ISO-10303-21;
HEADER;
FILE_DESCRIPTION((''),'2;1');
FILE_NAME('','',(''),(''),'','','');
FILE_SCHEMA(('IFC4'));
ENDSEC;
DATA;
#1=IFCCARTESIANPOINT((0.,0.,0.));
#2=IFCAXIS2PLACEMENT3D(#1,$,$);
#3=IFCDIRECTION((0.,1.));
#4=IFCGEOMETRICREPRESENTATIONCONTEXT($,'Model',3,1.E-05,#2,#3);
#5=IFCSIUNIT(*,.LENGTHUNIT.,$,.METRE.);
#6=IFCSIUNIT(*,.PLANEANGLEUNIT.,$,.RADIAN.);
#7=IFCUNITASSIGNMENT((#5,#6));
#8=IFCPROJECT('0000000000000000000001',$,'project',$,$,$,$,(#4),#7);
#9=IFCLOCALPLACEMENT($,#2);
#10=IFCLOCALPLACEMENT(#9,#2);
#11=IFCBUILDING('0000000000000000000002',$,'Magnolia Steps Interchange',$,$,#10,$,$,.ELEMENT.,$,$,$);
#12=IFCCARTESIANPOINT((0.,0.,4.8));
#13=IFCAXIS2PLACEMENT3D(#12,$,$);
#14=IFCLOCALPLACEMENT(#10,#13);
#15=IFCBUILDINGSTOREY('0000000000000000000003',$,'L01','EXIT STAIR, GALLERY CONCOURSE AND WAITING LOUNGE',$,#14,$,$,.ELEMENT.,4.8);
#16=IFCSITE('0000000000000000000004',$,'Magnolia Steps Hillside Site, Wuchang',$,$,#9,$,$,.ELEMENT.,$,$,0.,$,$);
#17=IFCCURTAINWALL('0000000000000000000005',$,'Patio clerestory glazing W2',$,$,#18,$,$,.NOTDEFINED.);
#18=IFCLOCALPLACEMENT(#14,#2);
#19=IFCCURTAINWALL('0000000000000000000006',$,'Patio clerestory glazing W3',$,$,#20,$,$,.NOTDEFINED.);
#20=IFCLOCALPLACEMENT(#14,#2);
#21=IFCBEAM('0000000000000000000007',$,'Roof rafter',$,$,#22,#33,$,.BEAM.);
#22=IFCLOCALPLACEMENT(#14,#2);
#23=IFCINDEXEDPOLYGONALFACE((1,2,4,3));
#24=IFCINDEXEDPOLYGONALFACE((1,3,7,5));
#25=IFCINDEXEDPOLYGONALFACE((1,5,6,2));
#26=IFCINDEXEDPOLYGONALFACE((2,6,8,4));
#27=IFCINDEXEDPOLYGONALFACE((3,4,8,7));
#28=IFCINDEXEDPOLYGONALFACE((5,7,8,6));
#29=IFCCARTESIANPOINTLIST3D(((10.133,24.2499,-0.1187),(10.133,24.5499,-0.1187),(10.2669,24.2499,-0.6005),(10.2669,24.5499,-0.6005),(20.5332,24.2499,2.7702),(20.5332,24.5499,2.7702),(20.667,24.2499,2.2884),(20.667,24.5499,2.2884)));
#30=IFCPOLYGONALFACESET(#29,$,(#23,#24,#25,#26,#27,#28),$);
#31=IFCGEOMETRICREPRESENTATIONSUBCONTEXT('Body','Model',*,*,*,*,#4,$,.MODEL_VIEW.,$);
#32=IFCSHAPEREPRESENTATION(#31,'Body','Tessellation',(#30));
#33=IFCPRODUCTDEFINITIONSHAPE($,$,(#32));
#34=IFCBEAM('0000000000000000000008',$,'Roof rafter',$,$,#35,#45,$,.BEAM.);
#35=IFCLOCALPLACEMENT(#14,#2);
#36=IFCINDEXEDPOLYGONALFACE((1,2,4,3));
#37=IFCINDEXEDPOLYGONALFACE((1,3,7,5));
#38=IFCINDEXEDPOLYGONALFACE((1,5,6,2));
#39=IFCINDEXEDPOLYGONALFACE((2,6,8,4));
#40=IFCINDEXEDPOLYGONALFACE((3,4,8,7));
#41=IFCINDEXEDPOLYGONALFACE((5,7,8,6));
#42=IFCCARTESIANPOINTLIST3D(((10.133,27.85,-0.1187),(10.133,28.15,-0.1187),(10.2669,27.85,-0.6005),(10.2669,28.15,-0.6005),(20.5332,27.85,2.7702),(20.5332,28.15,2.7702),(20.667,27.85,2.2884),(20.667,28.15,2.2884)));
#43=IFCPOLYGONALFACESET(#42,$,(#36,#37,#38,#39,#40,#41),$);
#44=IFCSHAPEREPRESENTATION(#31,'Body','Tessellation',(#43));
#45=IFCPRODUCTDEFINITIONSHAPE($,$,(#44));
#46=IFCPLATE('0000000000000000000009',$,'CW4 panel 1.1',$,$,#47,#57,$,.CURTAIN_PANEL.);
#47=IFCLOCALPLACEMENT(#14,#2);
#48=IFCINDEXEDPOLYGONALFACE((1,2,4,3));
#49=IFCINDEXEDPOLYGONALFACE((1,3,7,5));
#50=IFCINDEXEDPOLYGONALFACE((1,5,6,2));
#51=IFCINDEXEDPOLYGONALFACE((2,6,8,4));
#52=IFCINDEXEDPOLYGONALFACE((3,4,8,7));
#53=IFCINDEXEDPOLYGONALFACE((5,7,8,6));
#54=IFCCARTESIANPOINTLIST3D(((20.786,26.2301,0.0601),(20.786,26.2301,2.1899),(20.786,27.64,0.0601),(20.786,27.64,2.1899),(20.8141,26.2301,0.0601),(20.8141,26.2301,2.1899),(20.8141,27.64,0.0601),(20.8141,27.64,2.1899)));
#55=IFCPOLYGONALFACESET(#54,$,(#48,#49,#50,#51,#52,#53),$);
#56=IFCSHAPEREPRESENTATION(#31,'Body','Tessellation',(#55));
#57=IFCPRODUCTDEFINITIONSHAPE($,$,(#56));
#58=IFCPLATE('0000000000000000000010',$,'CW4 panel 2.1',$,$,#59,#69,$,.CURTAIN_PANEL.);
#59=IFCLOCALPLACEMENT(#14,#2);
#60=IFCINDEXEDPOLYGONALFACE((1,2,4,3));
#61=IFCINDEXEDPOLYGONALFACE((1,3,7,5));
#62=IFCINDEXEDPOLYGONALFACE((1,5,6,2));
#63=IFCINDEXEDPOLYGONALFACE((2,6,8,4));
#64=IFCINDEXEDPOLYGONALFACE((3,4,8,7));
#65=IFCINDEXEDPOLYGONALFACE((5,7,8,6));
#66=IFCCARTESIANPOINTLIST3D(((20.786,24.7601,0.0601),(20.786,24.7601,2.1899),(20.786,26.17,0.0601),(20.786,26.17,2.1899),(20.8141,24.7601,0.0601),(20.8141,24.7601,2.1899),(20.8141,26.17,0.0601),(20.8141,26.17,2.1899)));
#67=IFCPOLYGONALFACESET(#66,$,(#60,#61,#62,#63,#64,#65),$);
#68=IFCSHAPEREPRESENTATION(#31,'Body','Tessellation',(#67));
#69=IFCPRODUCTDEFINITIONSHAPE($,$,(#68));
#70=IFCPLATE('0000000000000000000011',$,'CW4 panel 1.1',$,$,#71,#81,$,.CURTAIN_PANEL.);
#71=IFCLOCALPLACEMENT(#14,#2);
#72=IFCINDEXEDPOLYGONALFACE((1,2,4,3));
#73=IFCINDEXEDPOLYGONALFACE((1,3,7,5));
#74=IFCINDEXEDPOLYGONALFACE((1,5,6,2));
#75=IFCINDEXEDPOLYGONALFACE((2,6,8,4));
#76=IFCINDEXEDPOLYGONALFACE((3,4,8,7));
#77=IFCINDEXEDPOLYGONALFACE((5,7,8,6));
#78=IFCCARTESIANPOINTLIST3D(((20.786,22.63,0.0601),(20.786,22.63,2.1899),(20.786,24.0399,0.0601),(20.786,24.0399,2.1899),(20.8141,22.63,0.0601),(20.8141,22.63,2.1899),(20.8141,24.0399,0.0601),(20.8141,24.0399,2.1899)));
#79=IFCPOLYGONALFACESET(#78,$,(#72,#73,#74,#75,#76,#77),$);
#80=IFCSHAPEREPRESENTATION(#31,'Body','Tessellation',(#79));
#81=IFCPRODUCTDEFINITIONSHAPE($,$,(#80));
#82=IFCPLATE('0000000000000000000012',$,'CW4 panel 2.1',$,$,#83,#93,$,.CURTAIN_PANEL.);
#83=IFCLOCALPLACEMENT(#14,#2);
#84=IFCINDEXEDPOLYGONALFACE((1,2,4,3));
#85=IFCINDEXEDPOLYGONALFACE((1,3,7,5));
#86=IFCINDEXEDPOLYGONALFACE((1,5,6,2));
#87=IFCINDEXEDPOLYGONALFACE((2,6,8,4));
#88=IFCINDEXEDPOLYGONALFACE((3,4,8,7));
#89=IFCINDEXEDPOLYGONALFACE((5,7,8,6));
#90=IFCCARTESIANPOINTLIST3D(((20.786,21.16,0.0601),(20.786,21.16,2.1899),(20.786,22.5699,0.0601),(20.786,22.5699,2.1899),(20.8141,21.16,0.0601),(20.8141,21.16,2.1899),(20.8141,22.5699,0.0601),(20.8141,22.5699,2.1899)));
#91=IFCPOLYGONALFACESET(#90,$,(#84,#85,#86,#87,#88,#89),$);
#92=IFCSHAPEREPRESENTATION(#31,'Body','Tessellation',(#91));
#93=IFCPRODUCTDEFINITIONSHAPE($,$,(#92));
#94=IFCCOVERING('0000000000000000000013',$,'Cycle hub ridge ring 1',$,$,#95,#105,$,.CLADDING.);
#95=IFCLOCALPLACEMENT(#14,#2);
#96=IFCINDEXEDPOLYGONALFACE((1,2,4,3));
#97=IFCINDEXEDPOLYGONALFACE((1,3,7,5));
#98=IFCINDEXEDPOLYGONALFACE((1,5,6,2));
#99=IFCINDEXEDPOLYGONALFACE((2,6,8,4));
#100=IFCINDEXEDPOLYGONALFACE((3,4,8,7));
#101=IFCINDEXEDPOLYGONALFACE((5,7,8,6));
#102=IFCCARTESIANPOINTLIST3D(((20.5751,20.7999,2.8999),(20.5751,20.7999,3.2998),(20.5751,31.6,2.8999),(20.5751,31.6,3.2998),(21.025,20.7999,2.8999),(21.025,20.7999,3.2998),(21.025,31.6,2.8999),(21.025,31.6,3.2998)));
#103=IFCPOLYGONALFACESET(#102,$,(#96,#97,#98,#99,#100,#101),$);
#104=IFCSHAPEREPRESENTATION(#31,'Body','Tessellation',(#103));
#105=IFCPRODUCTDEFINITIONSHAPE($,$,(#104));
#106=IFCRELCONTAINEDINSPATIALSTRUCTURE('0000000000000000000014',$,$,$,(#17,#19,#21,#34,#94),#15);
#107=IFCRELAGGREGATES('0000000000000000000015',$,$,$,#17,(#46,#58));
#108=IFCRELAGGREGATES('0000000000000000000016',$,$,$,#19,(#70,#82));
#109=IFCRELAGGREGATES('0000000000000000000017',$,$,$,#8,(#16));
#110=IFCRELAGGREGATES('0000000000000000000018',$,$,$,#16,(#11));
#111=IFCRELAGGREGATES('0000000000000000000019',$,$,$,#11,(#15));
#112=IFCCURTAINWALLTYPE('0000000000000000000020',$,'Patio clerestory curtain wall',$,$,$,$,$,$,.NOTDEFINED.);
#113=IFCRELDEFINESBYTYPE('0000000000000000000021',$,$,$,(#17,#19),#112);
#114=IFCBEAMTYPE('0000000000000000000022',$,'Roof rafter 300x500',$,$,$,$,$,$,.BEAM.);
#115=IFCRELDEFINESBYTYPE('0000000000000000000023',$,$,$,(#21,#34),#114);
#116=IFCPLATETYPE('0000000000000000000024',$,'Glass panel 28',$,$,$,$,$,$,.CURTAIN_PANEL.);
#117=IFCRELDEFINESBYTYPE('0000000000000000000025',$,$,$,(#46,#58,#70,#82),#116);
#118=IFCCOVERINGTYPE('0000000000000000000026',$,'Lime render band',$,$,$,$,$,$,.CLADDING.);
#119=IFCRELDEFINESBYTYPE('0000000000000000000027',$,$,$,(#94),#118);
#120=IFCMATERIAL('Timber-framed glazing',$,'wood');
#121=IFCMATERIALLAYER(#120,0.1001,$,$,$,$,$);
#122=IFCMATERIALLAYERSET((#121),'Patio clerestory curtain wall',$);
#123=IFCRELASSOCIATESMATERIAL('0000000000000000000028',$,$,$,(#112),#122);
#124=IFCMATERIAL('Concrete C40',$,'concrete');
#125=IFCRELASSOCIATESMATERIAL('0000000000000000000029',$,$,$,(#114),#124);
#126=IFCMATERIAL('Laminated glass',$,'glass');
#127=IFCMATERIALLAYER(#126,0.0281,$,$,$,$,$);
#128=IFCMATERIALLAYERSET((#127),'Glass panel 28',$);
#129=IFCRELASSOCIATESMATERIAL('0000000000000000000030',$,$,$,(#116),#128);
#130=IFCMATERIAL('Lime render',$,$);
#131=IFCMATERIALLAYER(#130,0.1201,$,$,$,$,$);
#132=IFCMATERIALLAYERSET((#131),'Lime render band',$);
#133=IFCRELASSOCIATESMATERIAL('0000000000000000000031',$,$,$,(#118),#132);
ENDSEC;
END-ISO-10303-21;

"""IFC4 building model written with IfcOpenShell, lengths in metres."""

from ifc_helpers import new_model, si_unit, direction, frame, origin, origin_2d, place, context, subcontext, project, spatial, rectangle, extrude, material, layer, layer_set, material_profile, profile_set, type_object, element, aggregate, save


model = new_model("IFC4")

# Units and contexts
model_context = context("Model", 3, precision=1e-05, world=origin(), true_north=direction((0.0, 1.0)))
body_context = subcontext(model_context, "Body", "Model", "MODEL_VIEW")
ifc_project = project(units=[si_unit("LENGTHUNIT", "METRE"), si_unit("PLANEANGLEUNIT", "RADIAN")], contexts=[model_context])

# Site, building, storey
site_placement = place(None, origin())
site = spatial("IfcSite", under=ifc_project, at=site_placement, Name="Magnolia Steps Hillside Site, Wuchang", CompositionType="ELEMENT", RefElevation=0.0)
building_placement = place(site_placement, origin())
building = spatial("IfcBuilding", under=site, at=building_placement, Name="Magnolia Steps Interchange", CompositionType="ELEMENT")
storey_placement = place(building_placement, frame((0.0, 0.0, 4.8)))
storey = spatial("IfcBuildingStorey", under=building, at=storey_placement, Name="L01", Description="EXIT STAIR, GALLERY CONCOURSE AND WAITING LOUNGE", CompositionType="ELEMENT", Elevation=4.8)

# Curtain walls
ifc_material_1 = material(Name="Timber-framed glazing", Category="wood")
ifc_layer_1 = layer(ifc_material_1, 0.1001)
ifc_layer_set_1 = layer_set([ifc_layer_1], Name="Patio clerestory curtain wall")
curtain_wall_type = type_object("IfcCurtainWallType", Name="Patio clerestory curtain wall", PredefinedType="NOTDEFINED", material=ifc_layer_set_1)
curtain_wall_1_placement = place(storey_placement, origin())
curtain_wall_1 = element("IfcCurtainWall", 1, at=curtain_wall_1_placement, inside=storey, type_object=curtain_wall_type, Name="Patio clerestory glazing W2", PredefinedType="NOTDEFINED")
curtain_wall_2_placement = place(storey_placement, origin())
curtain_wall_2 = element("IfcCurtainWall", 2, at=curtain_wall_2_placement, inside=storey, type_object=curtain_wall_type, Name="Patio clerestory glazing W3", PredefinedType="NOTDEFINED")

# Beams
ifc_material_2 = material(Name="Concrete C40", Category="concrete")
ifc_material_profile_1 = material_profile(ifc_material_2, rectangle(XDim=0.3, YDim=0.5, at=origin_2d()), Name="RC300x500")
ifc_profile_set_1 = profile_set([ifc_material_profile_1], Name="Concrete C40")
beam_type_1 = type_object("IfcBeamType", Name="Roof rafter 300x500", PredefinedType="BEAM", material=ifc_profile_set_1)
for number, where, z_axis, x_axis, name in (
    (3, (10.2, 24.3999, -0.3596), (0.963518, 0.0, 0.267643), (0.0, 1.0, 0.0), "Roof rafter"),
    (4, (10.2, 28.0, -0.3596), (0.963518, 0.0, 0.267643), (0.0, 1.0, 0.0), "Roof rafter"),
):
    element("IfcBeam", number, at=place(storey_placement, frame(where, z_axis=z_axis, x_axis=x_axis)), inside=storey, type_object=beam_type_1, Name=name, PredefinedType="BEAM", context=body_context, shape_type="SweptSolid", body=[
        extrude(rectangle(XDim=0.3, YDim=0.5, at=origin_2d()), origin(), (0.0, 0.0, 1.0), 10.7939),
    ])

# Plates
ifc_material_3 = material(Name="Laminated glass", Category="glass")
ifc_layer_2 = layer(ifc_material_3, 0.0281)
ifc_layer_set_2 = layer_set([ifc_layer_2], Name="Glass panel 28")
plate_type = type_object("IfcPlateType", Name="Glass panel 28", PredefinedType="CURTAIN_PANEL", material=ifc_layer_set_2)
plate_1_placement = place(storey_placement, frame((20.8, 26.9351, 0.0601), z_axis=(0.0, 0.0, 1.0), x_axis=(0.0, -1.0, 0.0)))
plate_1 = element("IfcPlate", 5, at=plate_1_placement, type_object=plate_type, Name="CW4 panel 1.1", PredefinedType="CURTAIN_PANEL", context=body_context, shape_type="SweptSolid", body=[
    extrude(rectangle(XDim=1.4099, YDim=0.0281, at=origin_2d()), origin(), (0.0, 0.0, 1.0), 2.1299),
])
plate_2_placement = place(storey_placement, frame((20.8, 25.4651, 0.0601), z_axis=(0.0, 0.0, 1.0), x_axis=(0.0, -1.0, 0.0)))
plate_2 = element("IfcPlate", 6, at=plate_2_placement, type_object=plate_type, Name="CW4 panel 2.1", PredefinedType="CURTAIN_PANEL", context=body_context, shape_type="SweptSolid", body=[
    extrude(rectangle(XDim=1.4099, YDim=0.0281, at=origin_2d()), origin(), (0.0, 0.0, 1.0), 2.1299),
])
aggregate(curtain_wall_1, [plate_1, plate_2])
plate_3_placement = place(storey_placement, frame((20.8, 23.335, 0.0601), z_axis=(0.0, 0.0, 1.0), x_axis=(0.0, -1.0, 0.0)))
plate_3 = element("IfcPlate", 7, at=plate_3_placement, type_object=plate_type, Name="CW4 panel 1.1", PredefinedType="CURTAIN_PANEL", context=body_context, shape_type="SweptSolid", body=[
    extrude(rectangle(XDim=1.4099, YDim=0.0281, at=origin_2d()), origin(), (0.0, 0.0, 1.0), 2.1299),
])
plate_4_placement = place(storey_placement, frame((20.8, 21.865, 0.0601), z_axis=(0.0, 0.0, 1.0), x_axis=(0.0, -1.0, 0.0)))
plate_4 = element("IfcPlate", 8, at=plate_4_placement, type_object=plate_type, Name="CW4 panel 2.1", PredefinedType="CURTAIN_PANEL", context=body_context, shape_type="SweptSolid", body=[
    extrude(rectangle(XDim=1.4099, YDim=0.0281, at=origin_2d()), origin(), (0.0, 0.0, 1.0), 2.1299),
])
aggregate(curtain_wall_2, [plate_3, plate_4])

# Covering
ifc_material_4 = material(Name="Lime render")
ifc_layer_3 = layer(ifc_material_4, 0.1201)
ifc_layer_set_3 = layer_set([ifc_layer_3], Name="Lime render band")
covering_type = type_object("IfcCoveringType", Name="Lime render band", PredefinedType="CLADDING", material=ifc_layer_set_3)
covering_placement = place(storey_placement, frame((20.8, 26.2, 2.8999), z_axis=(0.0, 0.0, 1.0), x_axis=(0.0, 1.0, 0.0)))
element("IfcCovering", 9, at=covering_placement, inside=storey, type_object=covering_type, Name="Cycle hub ridge ring 1", PredefinedType="CLADDING", context=body_context, shape_type="SweptSolid", body=[
    extrude(rectangle(XDim=10.8, YDim=0.45, at=origin_2d()), origin(), (0.0, 0.0, 1.0), 0.3999),
])

save(model, "model.ifc")
